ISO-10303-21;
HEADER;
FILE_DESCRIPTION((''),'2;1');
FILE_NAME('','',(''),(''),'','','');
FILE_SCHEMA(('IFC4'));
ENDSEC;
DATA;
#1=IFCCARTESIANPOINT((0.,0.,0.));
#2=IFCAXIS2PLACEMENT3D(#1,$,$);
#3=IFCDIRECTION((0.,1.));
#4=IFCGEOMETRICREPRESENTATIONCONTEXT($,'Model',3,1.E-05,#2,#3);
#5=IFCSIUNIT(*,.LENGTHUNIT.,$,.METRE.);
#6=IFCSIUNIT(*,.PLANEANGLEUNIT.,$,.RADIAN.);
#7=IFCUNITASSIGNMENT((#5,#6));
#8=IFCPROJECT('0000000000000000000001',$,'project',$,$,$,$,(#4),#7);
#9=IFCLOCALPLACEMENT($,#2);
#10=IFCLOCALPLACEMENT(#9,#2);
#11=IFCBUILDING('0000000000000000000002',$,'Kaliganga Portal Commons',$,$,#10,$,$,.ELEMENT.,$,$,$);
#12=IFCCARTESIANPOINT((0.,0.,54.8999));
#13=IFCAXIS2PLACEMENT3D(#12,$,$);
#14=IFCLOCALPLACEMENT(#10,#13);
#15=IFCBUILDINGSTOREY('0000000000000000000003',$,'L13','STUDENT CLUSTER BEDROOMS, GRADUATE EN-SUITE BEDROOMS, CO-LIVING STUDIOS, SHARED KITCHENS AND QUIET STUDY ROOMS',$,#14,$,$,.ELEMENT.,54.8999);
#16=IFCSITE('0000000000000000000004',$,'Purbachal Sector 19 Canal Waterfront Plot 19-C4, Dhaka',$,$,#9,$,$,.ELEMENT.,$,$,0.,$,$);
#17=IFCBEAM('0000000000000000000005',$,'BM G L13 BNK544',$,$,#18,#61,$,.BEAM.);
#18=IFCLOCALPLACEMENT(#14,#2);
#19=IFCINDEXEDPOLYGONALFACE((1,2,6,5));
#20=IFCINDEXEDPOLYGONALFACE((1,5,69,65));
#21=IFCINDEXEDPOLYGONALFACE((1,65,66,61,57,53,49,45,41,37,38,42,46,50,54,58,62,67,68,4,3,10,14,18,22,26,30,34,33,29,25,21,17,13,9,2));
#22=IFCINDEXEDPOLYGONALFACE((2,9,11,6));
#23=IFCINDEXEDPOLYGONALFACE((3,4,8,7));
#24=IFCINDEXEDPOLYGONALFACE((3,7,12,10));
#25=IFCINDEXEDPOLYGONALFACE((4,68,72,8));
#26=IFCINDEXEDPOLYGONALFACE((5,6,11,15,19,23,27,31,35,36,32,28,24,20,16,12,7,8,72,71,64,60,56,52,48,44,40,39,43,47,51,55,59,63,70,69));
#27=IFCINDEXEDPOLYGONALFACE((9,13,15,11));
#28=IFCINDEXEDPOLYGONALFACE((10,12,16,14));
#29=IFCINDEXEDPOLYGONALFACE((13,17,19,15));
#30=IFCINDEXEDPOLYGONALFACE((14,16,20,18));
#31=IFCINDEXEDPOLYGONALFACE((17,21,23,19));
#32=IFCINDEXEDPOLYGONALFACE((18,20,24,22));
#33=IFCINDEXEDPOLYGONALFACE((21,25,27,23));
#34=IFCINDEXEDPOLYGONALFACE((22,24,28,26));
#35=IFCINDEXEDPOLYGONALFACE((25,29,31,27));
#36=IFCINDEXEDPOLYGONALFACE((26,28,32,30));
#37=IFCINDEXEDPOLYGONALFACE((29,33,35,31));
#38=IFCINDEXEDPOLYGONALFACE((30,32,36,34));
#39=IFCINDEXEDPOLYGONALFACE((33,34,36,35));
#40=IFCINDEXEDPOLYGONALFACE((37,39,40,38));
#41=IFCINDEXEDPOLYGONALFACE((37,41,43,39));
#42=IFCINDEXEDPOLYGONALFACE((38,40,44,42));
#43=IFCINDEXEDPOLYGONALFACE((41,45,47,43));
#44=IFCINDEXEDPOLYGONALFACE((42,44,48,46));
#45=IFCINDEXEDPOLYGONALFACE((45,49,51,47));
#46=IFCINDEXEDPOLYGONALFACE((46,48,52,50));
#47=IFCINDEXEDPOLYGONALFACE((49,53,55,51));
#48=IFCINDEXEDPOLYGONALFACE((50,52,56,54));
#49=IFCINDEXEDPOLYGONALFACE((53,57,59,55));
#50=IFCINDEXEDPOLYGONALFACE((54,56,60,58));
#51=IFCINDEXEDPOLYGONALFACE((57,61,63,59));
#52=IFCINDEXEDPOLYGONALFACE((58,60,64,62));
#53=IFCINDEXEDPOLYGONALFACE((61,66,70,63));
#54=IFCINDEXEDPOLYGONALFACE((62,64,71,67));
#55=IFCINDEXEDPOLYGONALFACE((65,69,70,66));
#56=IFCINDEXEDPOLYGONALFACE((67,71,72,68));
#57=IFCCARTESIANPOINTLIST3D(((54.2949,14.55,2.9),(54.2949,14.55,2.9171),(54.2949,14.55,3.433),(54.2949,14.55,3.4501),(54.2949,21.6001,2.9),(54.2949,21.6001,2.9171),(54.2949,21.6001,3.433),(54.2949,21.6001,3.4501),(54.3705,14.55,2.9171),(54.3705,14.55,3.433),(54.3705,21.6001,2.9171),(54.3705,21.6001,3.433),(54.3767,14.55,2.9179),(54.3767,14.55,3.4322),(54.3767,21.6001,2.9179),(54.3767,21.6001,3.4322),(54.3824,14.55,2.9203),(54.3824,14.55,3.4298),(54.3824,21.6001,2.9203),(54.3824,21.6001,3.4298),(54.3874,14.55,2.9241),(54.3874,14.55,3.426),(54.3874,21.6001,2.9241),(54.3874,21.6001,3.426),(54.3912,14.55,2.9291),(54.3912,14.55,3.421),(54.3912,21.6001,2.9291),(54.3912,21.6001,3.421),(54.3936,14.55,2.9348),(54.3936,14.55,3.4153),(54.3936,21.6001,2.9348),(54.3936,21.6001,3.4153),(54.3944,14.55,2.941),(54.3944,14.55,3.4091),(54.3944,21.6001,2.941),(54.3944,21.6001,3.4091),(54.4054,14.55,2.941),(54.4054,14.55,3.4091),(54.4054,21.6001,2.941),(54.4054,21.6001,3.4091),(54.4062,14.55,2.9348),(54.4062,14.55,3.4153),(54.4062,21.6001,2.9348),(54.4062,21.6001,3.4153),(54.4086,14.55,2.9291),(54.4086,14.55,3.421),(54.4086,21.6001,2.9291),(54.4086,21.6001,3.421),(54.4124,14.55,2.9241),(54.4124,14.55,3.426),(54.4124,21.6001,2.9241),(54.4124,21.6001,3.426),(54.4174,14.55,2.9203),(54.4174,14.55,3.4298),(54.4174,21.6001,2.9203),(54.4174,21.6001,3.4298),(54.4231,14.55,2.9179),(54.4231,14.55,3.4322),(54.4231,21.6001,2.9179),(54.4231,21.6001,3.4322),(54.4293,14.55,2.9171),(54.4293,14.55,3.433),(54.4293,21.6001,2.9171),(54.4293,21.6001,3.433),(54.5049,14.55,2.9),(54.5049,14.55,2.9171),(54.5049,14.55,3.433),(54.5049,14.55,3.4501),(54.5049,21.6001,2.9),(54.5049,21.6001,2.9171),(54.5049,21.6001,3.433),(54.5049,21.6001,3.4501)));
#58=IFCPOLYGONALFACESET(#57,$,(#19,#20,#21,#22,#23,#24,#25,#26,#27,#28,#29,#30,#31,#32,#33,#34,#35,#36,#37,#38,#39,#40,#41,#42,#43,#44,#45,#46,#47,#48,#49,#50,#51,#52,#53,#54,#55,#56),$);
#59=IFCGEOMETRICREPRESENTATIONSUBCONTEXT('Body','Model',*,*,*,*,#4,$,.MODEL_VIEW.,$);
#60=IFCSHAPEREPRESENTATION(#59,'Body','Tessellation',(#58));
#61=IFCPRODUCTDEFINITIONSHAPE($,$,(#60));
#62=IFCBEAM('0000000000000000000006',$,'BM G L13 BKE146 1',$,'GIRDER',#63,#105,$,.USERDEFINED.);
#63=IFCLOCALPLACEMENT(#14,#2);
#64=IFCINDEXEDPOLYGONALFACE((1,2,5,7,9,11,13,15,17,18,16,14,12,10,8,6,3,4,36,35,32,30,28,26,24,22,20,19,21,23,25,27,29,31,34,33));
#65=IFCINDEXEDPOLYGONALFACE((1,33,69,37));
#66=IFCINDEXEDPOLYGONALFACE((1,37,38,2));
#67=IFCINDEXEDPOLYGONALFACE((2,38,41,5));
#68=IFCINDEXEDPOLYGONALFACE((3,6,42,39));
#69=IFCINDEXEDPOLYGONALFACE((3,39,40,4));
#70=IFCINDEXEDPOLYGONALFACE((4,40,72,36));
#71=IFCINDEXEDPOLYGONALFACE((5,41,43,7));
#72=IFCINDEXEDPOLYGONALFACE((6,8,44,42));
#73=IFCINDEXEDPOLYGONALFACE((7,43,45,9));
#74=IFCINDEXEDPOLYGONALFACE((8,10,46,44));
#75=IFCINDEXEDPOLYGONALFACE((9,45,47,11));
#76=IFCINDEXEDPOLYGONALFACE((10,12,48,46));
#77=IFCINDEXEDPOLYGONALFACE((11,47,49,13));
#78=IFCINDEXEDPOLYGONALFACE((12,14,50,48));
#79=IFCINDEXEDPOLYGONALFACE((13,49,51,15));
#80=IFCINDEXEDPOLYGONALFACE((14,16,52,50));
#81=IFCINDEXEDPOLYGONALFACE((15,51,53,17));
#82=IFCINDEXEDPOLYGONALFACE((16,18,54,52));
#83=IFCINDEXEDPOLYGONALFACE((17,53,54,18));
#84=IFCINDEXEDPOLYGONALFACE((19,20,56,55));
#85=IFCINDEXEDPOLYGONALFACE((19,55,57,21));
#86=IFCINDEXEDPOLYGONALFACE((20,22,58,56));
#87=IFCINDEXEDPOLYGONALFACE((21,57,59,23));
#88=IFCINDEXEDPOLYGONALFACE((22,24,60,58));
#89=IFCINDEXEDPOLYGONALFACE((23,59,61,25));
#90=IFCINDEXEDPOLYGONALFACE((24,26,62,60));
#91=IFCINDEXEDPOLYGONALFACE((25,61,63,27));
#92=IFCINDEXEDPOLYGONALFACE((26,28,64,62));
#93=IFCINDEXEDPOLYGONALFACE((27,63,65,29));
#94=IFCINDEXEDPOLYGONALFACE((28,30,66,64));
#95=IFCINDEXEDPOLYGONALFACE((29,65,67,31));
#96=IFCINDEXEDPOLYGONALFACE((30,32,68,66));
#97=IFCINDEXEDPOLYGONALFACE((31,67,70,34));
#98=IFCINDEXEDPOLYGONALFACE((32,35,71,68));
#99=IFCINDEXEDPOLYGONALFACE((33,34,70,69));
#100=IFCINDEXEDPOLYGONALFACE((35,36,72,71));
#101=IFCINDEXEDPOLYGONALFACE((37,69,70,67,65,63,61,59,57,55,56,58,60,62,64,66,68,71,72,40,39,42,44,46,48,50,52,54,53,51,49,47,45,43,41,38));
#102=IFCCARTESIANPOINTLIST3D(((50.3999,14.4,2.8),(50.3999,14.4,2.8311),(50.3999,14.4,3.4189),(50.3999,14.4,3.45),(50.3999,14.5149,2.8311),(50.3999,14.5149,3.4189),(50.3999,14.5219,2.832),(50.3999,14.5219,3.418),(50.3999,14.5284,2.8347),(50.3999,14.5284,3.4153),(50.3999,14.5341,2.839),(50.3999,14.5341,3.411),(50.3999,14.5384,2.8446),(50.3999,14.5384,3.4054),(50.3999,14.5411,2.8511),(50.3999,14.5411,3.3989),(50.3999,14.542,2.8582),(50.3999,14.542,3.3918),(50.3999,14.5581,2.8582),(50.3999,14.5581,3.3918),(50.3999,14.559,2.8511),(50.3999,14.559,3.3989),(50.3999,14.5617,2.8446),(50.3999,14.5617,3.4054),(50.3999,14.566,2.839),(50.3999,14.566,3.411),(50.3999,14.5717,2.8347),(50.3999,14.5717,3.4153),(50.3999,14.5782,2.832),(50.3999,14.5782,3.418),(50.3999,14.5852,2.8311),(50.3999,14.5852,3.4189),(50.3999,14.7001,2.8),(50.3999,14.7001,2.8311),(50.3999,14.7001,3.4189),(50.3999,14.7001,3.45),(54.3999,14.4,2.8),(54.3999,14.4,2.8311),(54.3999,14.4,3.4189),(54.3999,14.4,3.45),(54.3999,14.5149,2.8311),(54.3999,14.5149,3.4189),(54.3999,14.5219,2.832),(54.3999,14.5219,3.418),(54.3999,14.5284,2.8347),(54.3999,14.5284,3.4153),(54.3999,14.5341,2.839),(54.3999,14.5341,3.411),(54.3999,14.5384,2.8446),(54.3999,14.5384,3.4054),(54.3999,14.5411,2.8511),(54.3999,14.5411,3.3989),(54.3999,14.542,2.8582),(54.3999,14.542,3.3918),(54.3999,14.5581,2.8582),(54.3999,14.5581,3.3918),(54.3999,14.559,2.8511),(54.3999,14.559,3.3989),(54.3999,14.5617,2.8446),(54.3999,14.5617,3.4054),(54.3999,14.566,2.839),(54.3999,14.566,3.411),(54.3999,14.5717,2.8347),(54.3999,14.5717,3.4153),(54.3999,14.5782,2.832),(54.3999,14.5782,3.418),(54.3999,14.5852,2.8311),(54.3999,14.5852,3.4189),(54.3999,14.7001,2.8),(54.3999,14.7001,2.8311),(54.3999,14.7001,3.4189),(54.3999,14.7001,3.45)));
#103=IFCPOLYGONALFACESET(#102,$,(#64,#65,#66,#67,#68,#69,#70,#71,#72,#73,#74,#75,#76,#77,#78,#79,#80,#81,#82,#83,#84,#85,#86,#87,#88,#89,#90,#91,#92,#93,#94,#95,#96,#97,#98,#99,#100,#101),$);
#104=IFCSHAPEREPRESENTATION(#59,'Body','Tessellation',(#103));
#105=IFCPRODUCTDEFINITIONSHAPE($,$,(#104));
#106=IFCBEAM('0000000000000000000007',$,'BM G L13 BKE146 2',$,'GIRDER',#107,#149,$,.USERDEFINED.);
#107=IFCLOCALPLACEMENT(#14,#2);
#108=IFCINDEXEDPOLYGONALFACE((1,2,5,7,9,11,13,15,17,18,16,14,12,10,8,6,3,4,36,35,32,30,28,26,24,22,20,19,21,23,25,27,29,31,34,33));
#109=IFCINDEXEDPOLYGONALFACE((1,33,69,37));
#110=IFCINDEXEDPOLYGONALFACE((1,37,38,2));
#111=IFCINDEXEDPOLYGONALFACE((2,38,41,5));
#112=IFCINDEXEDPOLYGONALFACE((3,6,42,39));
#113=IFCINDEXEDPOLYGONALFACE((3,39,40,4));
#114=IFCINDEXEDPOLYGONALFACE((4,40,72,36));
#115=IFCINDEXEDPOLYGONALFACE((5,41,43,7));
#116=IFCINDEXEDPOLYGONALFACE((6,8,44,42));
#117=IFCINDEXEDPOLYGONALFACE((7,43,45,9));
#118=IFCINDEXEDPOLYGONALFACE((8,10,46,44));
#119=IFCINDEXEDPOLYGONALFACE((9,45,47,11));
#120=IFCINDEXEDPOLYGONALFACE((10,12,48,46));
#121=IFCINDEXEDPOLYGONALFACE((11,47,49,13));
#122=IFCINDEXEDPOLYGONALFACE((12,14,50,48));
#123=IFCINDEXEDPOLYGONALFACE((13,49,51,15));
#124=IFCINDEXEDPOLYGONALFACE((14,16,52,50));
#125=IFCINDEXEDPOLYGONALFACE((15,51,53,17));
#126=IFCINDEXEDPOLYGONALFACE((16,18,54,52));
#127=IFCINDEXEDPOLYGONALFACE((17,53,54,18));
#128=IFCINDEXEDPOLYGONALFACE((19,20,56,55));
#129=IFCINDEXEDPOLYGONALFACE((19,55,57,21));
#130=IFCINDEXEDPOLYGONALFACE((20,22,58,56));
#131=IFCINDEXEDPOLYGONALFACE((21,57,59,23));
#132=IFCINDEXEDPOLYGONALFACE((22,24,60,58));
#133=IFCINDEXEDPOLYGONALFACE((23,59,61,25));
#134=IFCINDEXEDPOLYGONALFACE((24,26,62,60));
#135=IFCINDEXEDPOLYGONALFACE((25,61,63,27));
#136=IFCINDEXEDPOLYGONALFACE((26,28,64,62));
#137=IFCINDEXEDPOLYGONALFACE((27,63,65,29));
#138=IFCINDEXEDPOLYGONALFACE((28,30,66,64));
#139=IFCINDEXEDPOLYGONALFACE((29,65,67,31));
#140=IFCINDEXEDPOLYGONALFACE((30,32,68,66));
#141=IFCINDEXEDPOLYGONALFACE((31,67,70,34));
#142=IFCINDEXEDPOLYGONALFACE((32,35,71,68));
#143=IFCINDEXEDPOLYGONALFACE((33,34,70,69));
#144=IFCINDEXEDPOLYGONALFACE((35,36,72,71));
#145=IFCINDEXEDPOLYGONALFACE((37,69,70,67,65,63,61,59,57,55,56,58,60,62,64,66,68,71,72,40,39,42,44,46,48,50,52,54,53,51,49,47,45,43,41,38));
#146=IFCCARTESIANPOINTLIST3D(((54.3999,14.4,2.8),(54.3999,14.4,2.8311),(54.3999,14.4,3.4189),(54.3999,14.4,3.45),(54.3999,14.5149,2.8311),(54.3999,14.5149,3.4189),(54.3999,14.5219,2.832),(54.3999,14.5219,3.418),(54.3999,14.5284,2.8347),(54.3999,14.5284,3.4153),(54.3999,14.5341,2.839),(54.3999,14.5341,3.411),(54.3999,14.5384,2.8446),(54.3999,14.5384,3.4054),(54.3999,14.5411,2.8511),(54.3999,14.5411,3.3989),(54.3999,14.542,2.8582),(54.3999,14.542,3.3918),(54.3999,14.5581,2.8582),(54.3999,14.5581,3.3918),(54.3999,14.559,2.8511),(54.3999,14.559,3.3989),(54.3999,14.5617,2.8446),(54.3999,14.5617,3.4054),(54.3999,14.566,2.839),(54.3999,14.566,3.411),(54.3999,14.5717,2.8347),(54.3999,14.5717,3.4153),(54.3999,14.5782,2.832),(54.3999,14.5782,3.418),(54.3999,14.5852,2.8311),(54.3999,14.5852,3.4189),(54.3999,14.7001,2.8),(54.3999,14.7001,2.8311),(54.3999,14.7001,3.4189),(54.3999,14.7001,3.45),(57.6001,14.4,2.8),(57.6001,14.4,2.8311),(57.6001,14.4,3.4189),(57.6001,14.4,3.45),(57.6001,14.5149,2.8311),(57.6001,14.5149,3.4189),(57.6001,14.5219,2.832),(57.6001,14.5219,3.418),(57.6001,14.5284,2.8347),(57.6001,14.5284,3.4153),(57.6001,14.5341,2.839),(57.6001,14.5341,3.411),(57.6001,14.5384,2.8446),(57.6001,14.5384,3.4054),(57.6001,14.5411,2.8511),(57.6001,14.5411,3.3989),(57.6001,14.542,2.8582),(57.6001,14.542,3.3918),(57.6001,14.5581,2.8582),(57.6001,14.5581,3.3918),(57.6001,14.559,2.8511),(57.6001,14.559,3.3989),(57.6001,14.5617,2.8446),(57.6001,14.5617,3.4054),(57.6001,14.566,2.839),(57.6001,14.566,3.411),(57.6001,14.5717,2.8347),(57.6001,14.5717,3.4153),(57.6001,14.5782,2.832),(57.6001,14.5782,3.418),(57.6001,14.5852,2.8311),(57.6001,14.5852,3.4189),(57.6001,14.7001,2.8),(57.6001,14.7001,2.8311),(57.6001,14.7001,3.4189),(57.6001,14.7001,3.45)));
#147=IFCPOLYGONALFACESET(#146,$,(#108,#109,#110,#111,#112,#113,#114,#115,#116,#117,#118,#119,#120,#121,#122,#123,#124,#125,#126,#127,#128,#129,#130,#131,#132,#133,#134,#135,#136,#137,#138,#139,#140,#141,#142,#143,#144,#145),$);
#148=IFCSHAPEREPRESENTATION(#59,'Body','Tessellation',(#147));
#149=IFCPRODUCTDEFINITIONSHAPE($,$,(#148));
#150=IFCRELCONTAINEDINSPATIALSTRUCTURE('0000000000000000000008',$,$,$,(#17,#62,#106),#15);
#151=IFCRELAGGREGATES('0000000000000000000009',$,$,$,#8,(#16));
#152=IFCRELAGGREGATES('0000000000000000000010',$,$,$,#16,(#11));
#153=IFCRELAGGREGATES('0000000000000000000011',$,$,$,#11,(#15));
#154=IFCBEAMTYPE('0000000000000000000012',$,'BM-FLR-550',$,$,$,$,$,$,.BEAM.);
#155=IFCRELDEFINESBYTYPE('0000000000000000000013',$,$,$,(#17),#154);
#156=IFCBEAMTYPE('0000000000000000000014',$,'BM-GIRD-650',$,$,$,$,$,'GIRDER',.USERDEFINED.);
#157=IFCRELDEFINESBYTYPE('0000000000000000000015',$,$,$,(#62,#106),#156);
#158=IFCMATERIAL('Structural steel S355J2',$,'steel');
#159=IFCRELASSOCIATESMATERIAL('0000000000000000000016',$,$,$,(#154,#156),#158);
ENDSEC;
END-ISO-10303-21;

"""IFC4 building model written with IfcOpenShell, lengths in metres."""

from ifc_helpers import new_model, si_unit, direction, frame, origin, origin_2d, place, context, subcontext, project, spatial, i_section, extrude, source, transform, mapped, material, material_profile, profile_set, type_object, element, save


model = new_model("IFC4")

# Units and contexts
model_context = context("Model", 3, precision=1e-05, world=origin(), true_north=direction((0.0, 1.0)))
body_context = subcontext(model_context, "Body", "Model", "MODEL_VIEW")
ifc_project = project(units=[si_unit("LENGTHUNIT", "METRE"), si_unit("PLANEANGLEUNIT", "RADIAN")], contexts=[model_context])

# Site, building, storey
site_placement = place(None, origin())
site = spatial("IfcSite", under=ifc_project, at=site_placement, Name="Purbachal Sector 19 Canal Waterfront Plot 19-C4, Dhaka", CompositionType="ELEMENT", RefElevation=0.0)
building_placement = place(site_placement, origin())
building = spatial("IfcBuilding", under=site, at=building_placement, Name="Kaliganga Portal Commons", CompositionType="ELEMENT")
storey_placement = place(building_placement, frame((0.0, 0.0, 54.8999)))
storey = spatial("IfcBuildingStorey", under=building, at=storey_placement, Name="L13", Description="STUDENT CLUSTER BEDROOMS, GRADUATE EN-SUITE BEDROOMS, CO-LIVING STUDIOS, SHARED KITCHENS AND QUIET STUDY ROOMS", CompositionType="ELEMENT", Elevation=54.8999)

# Beams
ifc_material_1 = material(Name="Structural steel S355J2", Category="steel")
ifc_material_profile_1 = material_profile(ifc_material_1, i_section(OverallWidth=0.21, OverallDepth=0.55, WebThickness=0.011, FlangeThickness=0.0171, FilletRadius=0.0239, at=origin_2d()), Name="IPE 550")
ifc_profile_set_1 = profile_set([ifc_material_profile_1], Name="Structural steel S355J2 wide-flange")
beam_type_1 = type_object("IfcBeamType", Name="BM-FLR-550", PredefinedType="BEAM", material=ifc_profile_set_1)
shared_shape_1 = source(origin(), body_context, "Body", "SweptSolid", [
    extrude(i_section(OverallWidth=0.21, OverallDepth=0.55, WebThickness=0.011, FlangeThickness=0.0171, FilletRadius=0.0239, at=origin_2d()), origin(), (0.0, 0.0, 1.0), 7.05),
])
for number, where, z_axis, x_axis, name in (
    (1, (54.3999, 14.55, 3.175), (0.0, 1.0, 0.0), (-1.0, 0.0, 0.0), "BM G L13 BNK544"),
):
    element("IfcBeam", number, at=place(storey_placement, frame(where, z_axis=z_axis, x_axis=x_axis)), inside=storey, type_object=beam_type_1, Name=name, PredefinedType="BEAM", context=body_context, shape_type="MappedRepresentation", body=[
        mapped(shared_shape_1, transform((0.0, 0.0, 0.0), x_axis=(1.0, 0.0, 0.0), y_axis=(0.0, 1.0, 0.0), z_axis=(0.0, 0.0, 1.0), scale=1.0)),
    ])
ifc_material_profile_2 = material_profile(ifc_material_1, i_section(OverallWidth=0.3, OverallDepth=0.6499, WebThickness=0.0161, FlangeThickness=0.031, FilletRadius=0.0271, at=origin_2d()), Name="HE 650 B")
ifc_profile_set_2 = profile_set([ifc_material_profile_2], Name="Structural steel S355J2 wide-flange")
beam_type_2 = type_object("IfcBeamType", Name="BM-GIRD-650", ElementType="GIRDER", PredefinedType="USERDEFINED", material=ifc_profile_set_2)
shared_shape_2 = source(origin(), body_context, "Body", "SweptSolid", [
    extrude(i_section(OverallWidth=0.3, OverallDepth=0.6499, WebThickness=0.0161, FlangeThickness=0.031, FilletRadius=0.0271, at=origin_2d()), origin(), (0.0, 0.0, 1.0), 4.0),
])
beam_1_placement = place(storey_placement, frame((50.3999, 14.55, 3.125), z_axis=(1.0, 0.0, 0.0), x_axis=(0.0, 1.0, 0.0)))
element("IfcBeam", 2, at=beam_1_placement, inside=storey, type_object=beam_type_2, Name="BM G L13 BKE146 1", ObjectType="GIRDER", PredefinedType="USERDEFINED", context=body_context, shape_type="MappedRepresentation", body=[
    mapped(shared_shape_2, transform((0.0, 0.0, 0.0), x_axis=(1.0, 0.0, 0.0), y_axis=(0.0, 1.0, 0.0), z_axis=(0.0, 0.0, 1.0), scale=1.0)),
])
shared_shape_3 = source(origin(), body_context, "Body", "SweptSolid", [
    extrude(i_section(OverallWidth=0.3, OverallDepth=0.6499, WebThickness=0.0161, FlangeThickness=0.031, FilletRadius=0.0271, at=origin_2d()), origin(), (0.0, 0.0, 1.0), 3.2002),
])
beam_2_placement = place(storey_placement, frame((54.3999, 14.55, 3.125), z_axis=(1.0, 0.0, 0.0), x_axis=(0.0, 1.0, 0.0)))
element("IfcBeam", 3, at=beam_2_placement, inside=storey, type_object=beam_type_2, Name="BM G L13 BKE146 2", ObjectType="GIRDER", PredefinedType="USERDEFINED", context=body_context, shape_type="MappedRepresentation", body=[
    mapped(shared_shape_3, transform((0.0, 0.0, 0.0), x_axis=(1.0, 0.0, 0.0), y_axis=(0.0, 1.0, 0.0), z_axis=(0.0, 0.0, 1.0), scale=1.0)),
])

save(model, "model.ifc")
